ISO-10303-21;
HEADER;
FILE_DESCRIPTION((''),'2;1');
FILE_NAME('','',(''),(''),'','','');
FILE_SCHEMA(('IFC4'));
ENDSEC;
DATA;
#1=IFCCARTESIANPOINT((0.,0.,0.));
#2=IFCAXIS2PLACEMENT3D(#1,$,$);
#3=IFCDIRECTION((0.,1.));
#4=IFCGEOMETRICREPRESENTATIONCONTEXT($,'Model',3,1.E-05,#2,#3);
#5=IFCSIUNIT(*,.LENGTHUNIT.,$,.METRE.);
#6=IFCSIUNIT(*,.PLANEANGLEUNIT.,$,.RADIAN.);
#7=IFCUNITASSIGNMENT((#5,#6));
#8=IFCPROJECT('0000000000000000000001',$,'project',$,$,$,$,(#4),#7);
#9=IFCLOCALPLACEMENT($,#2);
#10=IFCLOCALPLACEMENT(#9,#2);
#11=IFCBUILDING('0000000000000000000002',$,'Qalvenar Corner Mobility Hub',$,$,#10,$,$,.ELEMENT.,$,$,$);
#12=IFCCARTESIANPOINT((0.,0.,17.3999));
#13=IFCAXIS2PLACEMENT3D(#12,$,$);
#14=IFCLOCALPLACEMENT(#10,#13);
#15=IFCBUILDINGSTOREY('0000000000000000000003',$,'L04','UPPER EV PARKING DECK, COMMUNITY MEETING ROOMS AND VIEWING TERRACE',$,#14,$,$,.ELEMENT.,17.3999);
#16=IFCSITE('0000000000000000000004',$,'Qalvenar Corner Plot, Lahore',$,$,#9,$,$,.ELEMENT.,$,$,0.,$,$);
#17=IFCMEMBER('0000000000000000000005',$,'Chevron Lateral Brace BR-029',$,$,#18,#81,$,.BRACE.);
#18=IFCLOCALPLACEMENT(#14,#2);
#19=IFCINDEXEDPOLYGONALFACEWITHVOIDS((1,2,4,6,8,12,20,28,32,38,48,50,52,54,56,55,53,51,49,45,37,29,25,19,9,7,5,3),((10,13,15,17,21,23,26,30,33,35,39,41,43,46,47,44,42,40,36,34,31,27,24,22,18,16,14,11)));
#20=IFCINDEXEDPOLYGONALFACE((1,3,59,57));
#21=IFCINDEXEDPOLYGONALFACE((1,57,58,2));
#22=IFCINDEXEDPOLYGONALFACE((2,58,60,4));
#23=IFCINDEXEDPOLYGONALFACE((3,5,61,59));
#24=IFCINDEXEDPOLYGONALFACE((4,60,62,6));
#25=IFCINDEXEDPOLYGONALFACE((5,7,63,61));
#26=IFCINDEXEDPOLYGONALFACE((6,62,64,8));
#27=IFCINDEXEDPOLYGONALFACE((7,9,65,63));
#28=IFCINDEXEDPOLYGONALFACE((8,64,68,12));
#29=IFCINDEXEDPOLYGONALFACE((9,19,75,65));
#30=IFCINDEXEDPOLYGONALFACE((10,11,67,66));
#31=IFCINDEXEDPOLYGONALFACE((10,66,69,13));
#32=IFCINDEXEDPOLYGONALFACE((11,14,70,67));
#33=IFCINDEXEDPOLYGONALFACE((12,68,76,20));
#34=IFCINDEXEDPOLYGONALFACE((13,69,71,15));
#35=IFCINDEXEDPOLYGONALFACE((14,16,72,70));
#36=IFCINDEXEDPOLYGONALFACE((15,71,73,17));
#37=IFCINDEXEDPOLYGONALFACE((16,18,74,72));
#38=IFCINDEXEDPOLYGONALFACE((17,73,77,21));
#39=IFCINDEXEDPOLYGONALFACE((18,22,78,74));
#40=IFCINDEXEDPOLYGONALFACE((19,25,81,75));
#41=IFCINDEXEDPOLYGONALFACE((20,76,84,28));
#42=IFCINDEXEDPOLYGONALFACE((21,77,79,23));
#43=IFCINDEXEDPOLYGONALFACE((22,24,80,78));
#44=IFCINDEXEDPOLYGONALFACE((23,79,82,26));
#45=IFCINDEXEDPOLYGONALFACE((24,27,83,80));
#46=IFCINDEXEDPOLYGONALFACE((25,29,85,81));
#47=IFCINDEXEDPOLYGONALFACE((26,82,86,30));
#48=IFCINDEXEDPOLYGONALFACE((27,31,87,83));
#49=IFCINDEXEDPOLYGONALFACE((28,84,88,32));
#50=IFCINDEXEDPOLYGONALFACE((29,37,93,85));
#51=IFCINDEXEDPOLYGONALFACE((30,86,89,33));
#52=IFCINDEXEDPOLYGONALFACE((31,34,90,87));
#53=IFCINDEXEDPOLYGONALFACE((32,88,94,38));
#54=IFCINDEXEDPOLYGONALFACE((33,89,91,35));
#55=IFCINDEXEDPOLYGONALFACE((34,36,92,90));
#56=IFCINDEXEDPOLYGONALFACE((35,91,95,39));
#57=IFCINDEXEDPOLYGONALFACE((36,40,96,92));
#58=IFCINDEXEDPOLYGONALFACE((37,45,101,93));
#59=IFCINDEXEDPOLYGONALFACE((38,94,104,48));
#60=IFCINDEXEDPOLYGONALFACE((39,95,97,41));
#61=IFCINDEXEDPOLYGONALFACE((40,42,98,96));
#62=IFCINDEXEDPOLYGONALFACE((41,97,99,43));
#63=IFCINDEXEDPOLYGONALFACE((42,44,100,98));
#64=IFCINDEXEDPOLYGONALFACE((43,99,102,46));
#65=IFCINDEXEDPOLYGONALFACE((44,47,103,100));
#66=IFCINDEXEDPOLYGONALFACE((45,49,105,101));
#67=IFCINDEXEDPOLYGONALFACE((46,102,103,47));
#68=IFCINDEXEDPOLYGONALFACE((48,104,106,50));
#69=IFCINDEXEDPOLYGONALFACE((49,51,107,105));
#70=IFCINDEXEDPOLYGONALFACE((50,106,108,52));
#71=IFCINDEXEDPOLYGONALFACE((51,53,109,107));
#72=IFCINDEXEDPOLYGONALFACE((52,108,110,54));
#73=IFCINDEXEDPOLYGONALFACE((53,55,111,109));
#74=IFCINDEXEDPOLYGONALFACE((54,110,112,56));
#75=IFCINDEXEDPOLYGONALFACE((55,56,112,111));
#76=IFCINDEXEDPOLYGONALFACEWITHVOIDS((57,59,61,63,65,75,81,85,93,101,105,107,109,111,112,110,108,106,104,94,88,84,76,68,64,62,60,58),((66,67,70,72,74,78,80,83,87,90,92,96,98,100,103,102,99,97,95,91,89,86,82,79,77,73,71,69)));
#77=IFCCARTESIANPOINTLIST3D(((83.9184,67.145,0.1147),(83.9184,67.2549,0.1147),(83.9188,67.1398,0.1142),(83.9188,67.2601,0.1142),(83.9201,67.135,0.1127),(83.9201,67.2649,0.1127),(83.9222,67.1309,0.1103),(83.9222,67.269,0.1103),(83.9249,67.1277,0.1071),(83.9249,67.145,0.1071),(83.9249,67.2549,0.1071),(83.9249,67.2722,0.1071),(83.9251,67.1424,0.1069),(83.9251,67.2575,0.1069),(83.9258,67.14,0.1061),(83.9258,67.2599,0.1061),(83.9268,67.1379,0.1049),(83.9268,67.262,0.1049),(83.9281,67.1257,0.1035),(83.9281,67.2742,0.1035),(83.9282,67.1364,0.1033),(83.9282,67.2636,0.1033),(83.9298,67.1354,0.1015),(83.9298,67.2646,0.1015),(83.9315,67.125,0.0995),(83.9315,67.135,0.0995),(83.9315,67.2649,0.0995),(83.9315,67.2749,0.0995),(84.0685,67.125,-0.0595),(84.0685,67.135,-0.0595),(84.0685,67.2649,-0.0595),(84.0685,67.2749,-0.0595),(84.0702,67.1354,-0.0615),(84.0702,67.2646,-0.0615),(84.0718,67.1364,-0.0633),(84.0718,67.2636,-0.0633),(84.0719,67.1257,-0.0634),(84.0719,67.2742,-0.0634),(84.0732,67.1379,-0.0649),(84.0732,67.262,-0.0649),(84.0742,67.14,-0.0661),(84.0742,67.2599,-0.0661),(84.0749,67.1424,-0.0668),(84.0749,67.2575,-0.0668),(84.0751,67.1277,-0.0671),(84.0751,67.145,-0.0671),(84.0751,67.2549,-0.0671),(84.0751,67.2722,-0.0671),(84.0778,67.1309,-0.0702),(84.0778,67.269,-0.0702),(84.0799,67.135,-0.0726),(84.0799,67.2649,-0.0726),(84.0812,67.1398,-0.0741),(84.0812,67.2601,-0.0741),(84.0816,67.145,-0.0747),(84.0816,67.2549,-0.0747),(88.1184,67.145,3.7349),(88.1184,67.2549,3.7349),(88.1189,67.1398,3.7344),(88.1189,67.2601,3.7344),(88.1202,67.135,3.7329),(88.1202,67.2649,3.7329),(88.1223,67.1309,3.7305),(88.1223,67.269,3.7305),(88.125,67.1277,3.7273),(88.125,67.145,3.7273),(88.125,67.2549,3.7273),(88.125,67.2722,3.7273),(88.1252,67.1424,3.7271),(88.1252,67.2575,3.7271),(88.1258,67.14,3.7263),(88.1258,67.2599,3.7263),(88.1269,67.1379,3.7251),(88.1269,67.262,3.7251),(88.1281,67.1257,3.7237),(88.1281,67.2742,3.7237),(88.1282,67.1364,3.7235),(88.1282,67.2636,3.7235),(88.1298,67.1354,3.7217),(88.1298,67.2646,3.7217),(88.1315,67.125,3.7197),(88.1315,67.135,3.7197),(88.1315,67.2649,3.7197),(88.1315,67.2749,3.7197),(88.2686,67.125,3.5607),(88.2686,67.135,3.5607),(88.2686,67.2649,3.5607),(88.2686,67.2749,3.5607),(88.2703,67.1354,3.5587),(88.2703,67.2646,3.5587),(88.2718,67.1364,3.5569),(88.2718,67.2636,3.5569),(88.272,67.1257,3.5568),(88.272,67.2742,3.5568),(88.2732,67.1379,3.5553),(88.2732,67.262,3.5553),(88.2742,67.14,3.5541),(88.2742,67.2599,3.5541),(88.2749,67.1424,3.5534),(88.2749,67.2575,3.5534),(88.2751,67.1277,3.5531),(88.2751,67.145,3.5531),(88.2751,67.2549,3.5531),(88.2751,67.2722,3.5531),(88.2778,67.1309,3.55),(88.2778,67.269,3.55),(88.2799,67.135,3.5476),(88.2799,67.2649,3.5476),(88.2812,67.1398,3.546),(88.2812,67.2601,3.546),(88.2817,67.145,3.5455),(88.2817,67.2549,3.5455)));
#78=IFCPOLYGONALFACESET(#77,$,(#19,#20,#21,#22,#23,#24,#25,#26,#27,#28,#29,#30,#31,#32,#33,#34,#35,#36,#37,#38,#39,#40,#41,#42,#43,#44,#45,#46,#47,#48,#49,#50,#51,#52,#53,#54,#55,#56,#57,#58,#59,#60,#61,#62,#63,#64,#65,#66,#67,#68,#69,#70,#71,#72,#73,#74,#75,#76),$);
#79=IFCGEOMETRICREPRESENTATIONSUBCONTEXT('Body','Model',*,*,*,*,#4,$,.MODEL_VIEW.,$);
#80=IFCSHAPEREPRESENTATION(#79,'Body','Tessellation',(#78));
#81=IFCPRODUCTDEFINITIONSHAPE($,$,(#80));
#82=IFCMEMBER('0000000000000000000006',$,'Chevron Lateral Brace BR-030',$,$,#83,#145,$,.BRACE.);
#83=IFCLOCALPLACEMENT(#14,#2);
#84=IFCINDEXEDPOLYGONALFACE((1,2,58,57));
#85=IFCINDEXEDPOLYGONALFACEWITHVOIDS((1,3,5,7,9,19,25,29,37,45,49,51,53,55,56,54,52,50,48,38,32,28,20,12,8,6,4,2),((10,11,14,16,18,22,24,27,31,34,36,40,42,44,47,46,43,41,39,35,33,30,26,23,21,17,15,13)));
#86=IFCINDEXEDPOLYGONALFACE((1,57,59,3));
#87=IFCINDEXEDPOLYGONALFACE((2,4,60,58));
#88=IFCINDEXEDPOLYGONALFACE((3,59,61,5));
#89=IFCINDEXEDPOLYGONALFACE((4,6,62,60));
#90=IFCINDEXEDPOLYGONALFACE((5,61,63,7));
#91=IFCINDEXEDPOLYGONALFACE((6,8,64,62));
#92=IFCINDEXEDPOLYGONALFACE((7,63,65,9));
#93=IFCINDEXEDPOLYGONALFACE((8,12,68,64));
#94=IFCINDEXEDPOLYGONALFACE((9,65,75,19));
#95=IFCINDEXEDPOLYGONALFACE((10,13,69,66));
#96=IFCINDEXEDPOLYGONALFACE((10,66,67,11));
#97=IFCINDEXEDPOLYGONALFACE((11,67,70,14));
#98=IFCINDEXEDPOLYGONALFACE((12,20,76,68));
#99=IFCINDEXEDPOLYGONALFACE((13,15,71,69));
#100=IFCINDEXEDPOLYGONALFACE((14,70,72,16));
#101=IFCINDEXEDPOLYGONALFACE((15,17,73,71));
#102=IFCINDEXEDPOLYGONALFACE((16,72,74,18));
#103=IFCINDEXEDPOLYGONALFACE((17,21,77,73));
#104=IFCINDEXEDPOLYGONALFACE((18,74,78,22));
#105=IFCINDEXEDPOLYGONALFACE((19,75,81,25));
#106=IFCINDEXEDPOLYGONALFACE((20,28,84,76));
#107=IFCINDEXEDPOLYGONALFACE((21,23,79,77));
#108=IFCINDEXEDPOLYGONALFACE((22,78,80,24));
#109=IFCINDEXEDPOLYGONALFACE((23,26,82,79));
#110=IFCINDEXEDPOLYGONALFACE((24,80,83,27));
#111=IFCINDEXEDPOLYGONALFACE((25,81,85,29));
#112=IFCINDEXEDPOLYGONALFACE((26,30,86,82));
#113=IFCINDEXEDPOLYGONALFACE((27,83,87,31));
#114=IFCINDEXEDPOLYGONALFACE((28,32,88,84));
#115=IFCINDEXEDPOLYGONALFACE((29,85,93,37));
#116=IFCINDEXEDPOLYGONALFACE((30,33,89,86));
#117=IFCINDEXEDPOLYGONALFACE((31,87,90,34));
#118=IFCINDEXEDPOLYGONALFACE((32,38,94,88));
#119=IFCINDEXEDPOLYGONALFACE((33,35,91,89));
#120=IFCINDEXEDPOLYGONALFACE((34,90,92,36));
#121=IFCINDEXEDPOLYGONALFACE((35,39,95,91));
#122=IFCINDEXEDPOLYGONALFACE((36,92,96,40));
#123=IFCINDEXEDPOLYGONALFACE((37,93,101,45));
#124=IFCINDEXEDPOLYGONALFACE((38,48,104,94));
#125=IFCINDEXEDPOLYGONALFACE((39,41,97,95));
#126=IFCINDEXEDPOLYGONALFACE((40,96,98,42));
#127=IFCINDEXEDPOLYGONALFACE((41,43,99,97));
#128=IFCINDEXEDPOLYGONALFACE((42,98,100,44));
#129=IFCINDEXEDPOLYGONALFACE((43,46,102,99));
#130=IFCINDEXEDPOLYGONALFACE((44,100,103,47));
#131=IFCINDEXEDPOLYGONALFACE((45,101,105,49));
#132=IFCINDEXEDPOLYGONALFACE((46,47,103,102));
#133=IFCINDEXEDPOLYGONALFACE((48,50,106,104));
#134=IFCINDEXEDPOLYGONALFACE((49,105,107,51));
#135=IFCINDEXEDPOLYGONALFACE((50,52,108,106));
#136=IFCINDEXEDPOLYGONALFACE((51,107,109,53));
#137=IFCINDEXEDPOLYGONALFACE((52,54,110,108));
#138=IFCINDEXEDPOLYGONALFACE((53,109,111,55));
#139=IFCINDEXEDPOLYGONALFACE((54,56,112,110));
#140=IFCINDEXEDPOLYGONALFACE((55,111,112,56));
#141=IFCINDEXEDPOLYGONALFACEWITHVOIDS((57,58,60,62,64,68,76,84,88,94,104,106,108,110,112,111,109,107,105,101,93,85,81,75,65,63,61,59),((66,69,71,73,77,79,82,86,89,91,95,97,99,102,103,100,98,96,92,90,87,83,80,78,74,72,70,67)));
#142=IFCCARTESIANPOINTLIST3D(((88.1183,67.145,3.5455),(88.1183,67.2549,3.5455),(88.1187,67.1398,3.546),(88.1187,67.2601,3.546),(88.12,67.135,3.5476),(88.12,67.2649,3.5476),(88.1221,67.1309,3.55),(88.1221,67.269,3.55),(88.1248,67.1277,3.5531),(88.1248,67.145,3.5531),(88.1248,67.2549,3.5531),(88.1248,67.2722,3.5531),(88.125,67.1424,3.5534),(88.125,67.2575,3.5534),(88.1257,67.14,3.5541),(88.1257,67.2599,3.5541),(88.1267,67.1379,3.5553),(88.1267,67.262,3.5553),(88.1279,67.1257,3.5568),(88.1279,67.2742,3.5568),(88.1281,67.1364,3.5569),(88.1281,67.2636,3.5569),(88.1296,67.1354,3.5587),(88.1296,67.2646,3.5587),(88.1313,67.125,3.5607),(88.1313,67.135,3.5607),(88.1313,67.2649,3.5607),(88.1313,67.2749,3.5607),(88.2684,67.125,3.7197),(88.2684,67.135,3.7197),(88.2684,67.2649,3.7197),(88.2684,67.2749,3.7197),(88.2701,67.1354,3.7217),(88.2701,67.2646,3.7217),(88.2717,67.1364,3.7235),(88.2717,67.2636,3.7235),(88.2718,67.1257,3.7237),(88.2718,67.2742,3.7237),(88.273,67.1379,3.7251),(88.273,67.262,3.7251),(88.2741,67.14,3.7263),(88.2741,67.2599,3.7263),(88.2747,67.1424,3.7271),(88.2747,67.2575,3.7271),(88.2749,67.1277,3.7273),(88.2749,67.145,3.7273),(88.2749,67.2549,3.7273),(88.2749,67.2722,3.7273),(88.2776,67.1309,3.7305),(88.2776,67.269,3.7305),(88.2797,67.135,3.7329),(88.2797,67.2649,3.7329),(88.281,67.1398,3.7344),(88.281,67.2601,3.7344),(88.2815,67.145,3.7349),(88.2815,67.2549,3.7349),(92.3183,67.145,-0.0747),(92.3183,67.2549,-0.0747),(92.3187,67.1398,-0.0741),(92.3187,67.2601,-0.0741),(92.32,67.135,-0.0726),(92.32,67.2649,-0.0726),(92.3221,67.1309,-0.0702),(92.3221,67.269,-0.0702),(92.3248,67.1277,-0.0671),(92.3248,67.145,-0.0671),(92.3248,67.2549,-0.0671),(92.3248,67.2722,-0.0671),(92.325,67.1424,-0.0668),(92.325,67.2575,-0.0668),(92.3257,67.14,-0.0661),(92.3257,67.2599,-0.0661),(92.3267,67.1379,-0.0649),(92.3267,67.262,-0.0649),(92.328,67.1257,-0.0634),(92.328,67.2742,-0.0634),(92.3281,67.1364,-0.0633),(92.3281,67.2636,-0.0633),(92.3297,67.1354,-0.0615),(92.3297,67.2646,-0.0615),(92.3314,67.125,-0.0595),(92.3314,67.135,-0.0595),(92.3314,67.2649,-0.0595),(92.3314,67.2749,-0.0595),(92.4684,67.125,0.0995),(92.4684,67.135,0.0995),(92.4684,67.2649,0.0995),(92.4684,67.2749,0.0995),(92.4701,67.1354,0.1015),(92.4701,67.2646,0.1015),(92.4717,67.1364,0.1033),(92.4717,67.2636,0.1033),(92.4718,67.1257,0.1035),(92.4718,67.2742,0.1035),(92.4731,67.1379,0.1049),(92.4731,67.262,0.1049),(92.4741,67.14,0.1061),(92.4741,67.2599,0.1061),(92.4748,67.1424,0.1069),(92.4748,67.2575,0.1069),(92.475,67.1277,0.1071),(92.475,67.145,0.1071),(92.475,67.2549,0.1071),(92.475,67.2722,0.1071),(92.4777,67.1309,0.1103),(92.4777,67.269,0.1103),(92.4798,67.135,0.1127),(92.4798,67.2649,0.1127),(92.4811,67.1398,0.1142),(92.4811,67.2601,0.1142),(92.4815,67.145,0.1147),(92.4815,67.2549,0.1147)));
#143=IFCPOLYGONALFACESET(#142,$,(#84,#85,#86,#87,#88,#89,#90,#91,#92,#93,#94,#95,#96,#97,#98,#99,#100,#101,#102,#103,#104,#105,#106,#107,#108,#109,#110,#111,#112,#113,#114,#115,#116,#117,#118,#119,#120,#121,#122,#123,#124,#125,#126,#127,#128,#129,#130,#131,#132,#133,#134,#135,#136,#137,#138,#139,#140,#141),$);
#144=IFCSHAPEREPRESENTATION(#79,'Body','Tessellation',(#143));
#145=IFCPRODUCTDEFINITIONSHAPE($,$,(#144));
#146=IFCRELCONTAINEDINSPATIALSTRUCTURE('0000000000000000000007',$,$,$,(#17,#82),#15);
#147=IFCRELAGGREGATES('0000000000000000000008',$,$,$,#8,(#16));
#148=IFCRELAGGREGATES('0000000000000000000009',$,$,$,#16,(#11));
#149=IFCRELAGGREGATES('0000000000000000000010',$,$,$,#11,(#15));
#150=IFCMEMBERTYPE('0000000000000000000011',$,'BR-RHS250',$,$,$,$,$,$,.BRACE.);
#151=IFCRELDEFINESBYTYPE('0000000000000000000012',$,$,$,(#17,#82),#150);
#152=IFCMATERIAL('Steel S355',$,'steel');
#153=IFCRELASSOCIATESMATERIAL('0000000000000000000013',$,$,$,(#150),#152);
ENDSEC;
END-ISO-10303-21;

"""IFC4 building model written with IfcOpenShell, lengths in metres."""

from ifc_helpers import new_model, si_unit, direction, frame, origin, origin_2d, place, context, subcontext, project, spatial, hollow_rectangle, extrude, material, material_profile, profile_set, type_object, element, save


model = new_model("IFC4")

# Units and contexts
model_context = context("Model", 3, precision=1e-05, world=origin(), true_north=direction((0.0, 1.0)))
body_context = subcontext(model_context, "Body", "Model", "MODEL_VIEW")
ifc_project = project(units=[si_unit("LENGTHUNIT", "METRE"), si_unit("PLANEANGLEUNIT", "RADIAN")], contexts=[model_context])

# Site, building, storey
site_placement = place(None, origin())
site = spatial("IfcSite", under=ifc_project, at=site_placement, Name="Qalvenar Corner Plot, Lahore", CompositionType="ELEMENT", RefElevation=0.0)
building_placement = place(site_placement, origin())
building = spatial("IfcBuilding", under=site, at=building_placement, Name="Qalvenar Corner Mobility Hub", CompositionType="ELEMENT")
storey_placement = place(building_placement, frame((0.0, 0.0, 17.3999)))
storey = spatial("IfcBuildingStorey", under=building, at=storey_placement, Name="L04", Description="UPPER EV PARKING DECK, COMMUNITY MEETING ROOMS AND VIEWING TERRACE", CompositionType="ELEMENT", Elevation=17.3999)

# Shared definitions
ifc_material = material(Name="Steel S355", Category="steel")

# Members
ifc_material_profile_1 = material_profile(ifc_material, hollow_rectangle(XDim=0.1499, YDim=0.25, WallThickness=0.01, InnerFilletRadius=0.01, OuterFilletRadius=0.02, at=origin_2d()), Name="RHS250x150x10")
ifc_profile_set_1 = profile_set([ifc_material_profile_1], Name="Steel S355")
member_type = type_object("IfcMemberType", Name="BR-RHS250", PredefinedType="BRACE", material=ifc_profile_set_1)
for number, where, z_axis, x_axis, name in (
    (1, (84.0, 67.2, 0.02), (0.757457, 0.0, 0.652885), (0.0, 1.0, 0.0), "Chevron Lateral Brace BR-029"),
    (2, (92.3999, 67.2, 0.02), (-0.757457, 0.0, 0.652885), (0.0, -1.0, 0.0), "Chevron Lateral Brace BR-030"),
):
    element("IfcMember", number, at=place(storey_placement, frame(where, z_axis=z_axis, x_axis=x_axis)), inside=storey, type_object=member_type, Name=name, PredefinedType="BRACE", context=body_context, shape_type="SweptSolid", body=[
        extrude(hollow_rectangle(XDim=0.1499, YDim=0.25, WallThickness=0.01, InnerFilletRadius=0.01, OuterFilletRadius=0.02, at=origin_2d()), origin(), (0.0, 0.0, 1.0), 5.5449),
    ])

save(model, "model.ifc")
